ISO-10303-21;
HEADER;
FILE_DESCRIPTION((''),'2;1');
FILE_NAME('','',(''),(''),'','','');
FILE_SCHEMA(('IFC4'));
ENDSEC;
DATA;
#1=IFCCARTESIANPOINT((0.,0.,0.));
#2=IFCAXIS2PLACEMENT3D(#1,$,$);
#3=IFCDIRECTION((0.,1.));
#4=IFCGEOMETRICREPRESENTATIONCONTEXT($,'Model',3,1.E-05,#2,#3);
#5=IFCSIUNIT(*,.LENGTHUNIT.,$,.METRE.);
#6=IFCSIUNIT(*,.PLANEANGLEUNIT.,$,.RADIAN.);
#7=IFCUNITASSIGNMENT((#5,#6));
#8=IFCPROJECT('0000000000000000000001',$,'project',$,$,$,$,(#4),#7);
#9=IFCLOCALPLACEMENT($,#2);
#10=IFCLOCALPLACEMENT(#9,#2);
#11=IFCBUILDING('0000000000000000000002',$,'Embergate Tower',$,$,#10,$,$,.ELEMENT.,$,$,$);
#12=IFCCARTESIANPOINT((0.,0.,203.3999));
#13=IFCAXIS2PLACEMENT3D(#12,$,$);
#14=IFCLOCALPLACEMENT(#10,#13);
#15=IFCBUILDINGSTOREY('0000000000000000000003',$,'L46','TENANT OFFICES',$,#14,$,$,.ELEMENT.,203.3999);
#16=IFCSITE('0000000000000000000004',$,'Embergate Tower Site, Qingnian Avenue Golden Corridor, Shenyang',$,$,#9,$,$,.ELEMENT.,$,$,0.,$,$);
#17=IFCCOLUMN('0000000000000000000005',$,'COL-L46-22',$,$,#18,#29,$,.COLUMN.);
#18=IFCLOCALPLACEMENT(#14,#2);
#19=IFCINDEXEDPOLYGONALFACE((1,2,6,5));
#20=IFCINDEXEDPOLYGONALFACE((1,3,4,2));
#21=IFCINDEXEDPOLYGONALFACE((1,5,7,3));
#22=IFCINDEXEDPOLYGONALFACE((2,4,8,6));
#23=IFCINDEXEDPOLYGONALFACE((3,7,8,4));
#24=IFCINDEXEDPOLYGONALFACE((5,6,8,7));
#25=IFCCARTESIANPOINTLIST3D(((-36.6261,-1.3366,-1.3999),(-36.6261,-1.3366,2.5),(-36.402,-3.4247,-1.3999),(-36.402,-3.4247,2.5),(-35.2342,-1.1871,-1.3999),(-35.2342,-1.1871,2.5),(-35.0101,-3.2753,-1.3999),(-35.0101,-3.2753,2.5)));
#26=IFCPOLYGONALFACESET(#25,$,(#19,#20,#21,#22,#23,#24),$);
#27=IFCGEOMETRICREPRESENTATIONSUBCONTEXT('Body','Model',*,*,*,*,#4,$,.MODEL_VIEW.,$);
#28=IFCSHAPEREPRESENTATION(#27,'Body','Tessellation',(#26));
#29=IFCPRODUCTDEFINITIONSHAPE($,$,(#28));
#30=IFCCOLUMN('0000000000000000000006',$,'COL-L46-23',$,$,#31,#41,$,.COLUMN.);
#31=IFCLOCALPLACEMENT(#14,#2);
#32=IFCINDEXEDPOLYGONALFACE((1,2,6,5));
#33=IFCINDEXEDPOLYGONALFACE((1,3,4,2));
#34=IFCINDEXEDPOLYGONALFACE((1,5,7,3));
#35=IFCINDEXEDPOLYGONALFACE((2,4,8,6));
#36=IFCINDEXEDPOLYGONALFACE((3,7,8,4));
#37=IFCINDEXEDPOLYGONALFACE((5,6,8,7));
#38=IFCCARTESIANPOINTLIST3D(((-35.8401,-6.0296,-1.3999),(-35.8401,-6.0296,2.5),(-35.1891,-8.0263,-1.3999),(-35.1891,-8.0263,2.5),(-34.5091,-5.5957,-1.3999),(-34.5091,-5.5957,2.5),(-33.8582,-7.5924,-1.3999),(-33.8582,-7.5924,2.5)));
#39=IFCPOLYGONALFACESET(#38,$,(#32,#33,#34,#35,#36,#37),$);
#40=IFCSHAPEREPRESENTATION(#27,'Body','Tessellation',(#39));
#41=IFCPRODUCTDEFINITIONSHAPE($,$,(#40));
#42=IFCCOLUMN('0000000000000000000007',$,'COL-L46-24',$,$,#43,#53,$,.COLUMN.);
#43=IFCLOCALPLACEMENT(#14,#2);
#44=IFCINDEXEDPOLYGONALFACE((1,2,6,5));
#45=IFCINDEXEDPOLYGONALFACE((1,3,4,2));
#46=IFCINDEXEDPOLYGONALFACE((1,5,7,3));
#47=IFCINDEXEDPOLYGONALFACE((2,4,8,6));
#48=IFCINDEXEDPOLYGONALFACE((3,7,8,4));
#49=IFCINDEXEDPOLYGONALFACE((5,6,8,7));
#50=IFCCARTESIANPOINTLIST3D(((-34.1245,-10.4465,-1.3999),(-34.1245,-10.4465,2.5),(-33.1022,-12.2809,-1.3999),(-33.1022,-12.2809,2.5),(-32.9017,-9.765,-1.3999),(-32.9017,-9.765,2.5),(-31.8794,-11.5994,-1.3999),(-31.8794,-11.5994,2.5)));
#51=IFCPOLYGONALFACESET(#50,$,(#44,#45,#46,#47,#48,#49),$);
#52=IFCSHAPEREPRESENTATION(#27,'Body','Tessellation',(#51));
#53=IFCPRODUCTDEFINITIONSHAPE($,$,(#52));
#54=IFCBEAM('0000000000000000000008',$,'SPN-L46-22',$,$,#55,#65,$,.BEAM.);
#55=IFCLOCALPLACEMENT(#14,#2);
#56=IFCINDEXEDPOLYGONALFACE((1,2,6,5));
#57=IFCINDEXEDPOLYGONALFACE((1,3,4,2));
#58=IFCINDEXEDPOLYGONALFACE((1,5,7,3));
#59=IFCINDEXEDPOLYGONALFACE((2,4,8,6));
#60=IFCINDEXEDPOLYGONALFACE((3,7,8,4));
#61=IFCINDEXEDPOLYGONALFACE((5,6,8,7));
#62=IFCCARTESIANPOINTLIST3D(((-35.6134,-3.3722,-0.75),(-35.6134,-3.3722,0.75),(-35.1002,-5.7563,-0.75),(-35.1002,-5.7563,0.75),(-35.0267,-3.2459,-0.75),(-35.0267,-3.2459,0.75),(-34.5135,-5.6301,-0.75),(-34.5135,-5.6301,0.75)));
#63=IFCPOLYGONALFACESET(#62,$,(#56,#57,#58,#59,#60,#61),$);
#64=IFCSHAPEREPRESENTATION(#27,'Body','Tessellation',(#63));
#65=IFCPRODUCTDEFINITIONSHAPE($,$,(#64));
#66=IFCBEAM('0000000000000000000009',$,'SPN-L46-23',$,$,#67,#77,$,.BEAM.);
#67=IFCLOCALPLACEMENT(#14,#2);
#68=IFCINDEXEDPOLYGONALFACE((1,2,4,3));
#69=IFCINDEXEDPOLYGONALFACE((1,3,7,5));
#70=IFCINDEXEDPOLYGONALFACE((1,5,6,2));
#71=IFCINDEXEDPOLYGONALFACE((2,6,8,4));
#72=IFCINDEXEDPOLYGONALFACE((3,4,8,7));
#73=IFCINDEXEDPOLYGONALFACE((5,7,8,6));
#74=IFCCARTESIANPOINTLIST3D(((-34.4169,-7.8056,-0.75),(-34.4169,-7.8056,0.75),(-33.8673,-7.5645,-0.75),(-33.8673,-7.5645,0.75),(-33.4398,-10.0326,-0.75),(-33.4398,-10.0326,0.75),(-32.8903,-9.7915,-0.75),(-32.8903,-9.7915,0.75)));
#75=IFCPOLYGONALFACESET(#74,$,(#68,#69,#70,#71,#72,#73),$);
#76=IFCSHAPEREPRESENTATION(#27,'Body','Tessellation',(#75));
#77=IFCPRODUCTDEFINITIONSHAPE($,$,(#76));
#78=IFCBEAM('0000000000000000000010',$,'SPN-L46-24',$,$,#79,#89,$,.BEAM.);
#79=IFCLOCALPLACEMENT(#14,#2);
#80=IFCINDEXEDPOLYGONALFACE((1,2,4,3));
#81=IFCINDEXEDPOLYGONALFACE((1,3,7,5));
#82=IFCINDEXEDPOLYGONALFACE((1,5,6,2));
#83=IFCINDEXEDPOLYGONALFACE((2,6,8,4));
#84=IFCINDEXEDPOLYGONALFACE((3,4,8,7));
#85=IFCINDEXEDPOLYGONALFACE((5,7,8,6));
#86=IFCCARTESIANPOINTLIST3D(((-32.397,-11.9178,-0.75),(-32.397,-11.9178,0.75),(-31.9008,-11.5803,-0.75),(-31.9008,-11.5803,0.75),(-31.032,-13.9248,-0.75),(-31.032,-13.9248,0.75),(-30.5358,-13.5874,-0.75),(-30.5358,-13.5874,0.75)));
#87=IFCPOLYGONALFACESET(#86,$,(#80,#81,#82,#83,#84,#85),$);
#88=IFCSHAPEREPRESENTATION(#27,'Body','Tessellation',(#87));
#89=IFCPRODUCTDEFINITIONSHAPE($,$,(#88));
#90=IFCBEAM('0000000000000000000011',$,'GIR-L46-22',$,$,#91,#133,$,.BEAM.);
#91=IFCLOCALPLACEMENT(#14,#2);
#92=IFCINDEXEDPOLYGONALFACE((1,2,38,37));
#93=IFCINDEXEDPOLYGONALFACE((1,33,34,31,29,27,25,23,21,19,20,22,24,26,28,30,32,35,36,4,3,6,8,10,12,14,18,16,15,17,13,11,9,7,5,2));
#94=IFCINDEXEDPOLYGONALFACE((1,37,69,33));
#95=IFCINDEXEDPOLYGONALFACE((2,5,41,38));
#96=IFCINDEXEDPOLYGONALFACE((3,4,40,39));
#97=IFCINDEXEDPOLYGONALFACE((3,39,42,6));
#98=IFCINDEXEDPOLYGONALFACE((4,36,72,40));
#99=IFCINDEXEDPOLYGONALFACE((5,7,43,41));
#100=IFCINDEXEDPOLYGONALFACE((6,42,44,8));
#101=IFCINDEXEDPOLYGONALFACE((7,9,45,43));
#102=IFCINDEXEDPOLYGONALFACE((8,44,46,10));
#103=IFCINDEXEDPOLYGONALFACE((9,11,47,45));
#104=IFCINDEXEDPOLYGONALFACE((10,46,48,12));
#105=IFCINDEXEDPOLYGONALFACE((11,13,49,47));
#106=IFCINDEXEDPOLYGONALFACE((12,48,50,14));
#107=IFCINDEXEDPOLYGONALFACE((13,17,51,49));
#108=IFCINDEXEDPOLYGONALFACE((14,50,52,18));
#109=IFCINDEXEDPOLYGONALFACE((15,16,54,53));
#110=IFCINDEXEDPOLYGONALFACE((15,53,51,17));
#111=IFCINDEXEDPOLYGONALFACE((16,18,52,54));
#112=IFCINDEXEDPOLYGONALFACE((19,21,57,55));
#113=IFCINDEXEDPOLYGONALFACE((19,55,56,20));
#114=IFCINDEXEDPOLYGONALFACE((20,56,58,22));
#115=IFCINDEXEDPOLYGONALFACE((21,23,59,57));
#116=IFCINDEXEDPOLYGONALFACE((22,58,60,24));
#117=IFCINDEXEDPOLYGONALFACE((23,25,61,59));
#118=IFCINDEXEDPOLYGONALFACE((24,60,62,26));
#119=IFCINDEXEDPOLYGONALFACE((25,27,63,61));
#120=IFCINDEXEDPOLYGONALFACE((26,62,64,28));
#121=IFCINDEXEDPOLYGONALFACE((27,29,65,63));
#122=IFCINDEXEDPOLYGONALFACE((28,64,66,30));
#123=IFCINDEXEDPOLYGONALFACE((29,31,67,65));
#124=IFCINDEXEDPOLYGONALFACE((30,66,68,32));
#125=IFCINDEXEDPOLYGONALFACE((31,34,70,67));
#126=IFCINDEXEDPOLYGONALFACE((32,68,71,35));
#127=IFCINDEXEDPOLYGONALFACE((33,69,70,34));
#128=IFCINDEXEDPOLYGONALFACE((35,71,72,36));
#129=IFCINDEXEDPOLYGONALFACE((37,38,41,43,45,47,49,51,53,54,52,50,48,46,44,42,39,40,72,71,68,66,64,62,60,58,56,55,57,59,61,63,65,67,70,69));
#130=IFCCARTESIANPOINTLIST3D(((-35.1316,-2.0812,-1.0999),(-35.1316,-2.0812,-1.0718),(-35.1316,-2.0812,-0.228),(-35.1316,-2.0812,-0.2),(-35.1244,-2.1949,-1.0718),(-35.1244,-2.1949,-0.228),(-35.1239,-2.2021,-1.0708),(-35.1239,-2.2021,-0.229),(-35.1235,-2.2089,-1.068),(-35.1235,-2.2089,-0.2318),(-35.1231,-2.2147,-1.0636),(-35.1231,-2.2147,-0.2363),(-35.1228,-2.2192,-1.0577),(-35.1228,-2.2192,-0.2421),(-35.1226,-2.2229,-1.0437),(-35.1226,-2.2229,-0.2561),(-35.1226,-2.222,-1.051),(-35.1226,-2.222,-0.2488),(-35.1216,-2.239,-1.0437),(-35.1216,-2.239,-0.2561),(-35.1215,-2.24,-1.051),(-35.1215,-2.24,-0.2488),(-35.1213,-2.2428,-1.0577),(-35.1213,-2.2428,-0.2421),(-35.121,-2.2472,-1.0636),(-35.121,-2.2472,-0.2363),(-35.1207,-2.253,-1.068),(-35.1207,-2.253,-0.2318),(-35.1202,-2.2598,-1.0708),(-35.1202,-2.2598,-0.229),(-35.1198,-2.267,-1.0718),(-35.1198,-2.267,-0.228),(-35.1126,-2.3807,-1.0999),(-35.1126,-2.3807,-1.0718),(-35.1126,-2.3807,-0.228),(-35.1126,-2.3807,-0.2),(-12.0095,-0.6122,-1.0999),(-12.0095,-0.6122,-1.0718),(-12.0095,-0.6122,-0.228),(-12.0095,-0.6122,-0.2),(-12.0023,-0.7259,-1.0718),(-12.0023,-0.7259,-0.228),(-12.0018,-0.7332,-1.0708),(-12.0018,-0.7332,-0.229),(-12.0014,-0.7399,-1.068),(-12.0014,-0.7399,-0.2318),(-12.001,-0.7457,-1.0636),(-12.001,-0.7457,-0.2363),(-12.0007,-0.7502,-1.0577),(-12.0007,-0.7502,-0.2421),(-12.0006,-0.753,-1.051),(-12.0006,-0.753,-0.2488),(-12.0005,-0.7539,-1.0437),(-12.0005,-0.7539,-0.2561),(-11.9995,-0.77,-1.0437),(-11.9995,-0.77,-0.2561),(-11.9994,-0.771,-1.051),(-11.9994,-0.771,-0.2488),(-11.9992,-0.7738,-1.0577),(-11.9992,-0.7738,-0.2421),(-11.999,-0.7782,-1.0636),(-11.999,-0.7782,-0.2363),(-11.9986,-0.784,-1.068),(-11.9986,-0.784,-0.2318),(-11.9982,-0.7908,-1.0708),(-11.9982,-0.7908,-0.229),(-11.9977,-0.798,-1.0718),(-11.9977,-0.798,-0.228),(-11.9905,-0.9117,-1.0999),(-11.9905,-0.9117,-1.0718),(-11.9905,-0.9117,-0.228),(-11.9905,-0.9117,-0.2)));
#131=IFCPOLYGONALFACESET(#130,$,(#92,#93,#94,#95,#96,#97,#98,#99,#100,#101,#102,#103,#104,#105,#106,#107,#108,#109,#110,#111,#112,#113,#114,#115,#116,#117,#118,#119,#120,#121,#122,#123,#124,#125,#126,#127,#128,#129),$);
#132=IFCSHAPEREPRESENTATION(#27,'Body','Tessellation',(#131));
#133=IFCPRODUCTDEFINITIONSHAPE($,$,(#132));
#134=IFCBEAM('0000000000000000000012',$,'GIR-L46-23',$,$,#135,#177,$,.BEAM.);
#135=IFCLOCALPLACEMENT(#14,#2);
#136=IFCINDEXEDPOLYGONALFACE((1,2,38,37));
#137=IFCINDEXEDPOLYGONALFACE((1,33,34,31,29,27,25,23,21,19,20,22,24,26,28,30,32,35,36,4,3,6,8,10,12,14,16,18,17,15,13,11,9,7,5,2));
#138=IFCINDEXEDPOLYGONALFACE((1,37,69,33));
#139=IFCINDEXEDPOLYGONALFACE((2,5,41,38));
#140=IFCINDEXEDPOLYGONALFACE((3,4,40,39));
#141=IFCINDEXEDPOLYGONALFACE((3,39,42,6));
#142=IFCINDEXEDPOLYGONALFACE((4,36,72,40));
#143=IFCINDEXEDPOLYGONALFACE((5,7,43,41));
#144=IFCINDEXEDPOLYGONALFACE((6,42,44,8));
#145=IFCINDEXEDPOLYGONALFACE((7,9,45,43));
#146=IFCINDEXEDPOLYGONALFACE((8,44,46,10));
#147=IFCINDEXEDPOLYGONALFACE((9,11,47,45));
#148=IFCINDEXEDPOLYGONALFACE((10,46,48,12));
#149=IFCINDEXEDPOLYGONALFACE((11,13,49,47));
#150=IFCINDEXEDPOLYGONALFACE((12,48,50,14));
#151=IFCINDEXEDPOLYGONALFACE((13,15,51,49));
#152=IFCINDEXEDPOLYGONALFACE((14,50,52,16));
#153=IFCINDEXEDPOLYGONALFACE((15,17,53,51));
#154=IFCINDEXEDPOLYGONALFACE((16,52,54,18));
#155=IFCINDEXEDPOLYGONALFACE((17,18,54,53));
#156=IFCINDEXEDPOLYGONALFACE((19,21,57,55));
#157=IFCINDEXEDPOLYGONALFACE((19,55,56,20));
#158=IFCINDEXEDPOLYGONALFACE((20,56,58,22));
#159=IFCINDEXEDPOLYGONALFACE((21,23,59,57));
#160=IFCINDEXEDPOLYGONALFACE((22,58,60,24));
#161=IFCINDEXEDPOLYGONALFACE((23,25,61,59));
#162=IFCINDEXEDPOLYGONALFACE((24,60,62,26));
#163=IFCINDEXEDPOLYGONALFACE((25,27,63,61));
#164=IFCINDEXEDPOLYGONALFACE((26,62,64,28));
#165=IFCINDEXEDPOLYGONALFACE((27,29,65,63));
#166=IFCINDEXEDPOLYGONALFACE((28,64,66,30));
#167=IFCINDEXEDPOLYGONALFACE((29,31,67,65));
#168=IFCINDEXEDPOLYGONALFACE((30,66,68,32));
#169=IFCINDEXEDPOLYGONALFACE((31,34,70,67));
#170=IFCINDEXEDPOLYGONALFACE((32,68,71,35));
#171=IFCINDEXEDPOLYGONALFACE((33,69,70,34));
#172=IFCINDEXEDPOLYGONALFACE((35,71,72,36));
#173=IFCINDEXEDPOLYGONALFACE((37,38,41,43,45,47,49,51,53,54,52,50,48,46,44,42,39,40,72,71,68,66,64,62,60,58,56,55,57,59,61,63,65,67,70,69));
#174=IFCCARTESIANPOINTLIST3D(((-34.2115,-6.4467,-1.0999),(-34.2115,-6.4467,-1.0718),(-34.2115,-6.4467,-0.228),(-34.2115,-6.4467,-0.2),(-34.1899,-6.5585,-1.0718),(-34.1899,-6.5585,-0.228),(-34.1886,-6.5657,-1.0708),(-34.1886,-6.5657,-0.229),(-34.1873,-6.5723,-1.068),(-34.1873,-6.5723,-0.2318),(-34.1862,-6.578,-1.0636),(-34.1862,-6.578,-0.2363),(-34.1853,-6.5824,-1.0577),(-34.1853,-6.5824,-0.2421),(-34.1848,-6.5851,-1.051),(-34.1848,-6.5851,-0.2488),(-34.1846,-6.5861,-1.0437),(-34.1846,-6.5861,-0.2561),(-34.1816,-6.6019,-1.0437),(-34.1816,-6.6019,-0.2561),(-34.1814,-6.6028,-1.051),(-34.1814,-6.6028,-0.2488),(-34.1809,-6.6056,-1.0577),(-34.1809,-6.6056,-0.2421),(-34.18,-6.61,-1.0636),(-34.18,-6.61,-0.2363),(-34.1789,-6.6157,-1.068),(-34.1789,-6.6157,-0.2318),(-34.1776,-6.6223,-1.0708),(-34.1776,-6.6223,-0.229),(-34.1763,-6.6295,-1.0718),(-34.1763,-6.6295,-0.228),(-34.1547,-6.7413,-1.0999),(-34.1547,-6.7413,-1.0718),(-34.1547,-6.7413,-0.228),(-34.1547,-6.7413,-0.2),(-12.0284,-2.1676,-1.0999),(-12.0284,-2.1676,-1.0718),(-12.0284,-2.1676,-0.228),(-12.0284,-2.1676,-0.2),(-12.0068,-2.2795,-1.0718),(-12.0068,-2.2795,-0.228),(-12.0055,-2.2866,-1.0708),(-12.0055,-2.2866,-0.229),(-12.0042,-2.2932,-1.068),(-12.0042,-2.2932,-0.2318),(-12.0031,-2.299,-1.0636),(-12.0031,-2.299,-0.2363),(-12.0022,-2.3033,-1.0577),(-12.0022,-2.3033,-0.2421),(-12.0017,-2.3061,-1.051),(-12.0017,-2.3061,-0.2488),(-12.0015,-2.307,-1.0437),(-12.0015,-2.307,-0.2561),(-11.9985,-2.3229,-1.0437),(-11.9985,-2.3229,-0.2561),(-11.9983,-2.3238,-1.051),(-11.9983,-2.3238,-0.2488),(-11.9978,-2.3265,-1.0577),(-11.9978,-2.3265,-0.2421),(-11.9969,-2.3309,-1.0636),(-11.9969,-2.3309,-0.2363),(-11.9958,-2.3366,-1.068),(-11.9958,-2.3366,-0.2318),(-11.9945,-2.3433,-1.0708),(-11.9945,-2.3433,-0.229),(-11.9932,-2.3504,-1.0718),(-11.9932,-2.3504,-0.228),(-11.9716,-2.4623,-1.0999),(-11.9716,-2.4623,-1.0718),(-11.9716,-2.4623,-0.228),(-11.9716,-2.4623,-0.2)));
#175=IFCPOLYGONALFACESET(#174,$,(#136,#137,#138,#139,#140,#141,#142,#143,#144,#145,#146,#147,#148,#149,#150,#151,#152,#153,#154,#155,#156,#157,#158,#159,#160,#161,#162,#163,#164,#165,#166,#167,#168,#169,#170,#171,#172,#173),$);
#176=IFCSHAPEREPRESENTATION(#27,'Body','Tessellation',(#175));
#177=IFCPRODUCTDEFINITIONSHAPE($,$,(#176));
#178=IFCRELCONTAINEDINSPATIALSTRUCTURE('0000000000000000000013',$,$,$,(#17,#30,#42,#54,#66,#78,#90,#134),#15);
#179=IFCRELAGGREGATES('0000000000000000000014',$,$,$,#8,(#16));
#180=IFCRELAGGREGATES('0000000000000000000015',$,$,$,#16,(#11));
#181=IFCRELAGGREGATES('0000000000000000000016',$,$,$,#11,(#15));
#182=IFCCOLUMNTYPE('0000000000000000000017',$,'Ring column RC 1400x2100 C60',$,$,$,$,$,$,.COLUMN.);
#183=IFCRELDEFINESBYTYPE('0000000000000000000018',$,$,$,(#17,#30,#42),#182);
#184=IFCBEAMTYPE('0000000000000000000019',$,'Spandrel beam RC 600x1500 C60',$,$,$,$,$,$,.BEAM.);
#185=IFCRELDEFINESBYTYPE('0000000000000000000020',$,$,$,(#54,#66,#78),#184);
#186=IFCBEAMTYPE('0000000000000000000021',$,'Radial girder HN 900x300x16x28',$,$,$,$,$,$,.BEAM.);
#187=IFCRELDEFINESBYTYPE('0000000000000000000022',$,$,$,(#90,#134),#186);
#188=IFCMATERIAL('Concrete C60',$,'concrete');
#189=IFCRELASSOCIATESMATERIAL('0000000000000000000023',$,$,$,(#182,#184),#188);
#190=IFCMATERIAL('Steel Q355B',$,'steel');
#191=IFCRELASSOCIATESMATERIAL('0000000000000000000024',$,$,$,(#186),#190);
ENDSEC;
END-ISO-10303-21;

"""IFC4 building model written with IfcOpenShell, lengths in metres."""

from ifc_helpers import new_model, si_unit, direction, frame, origin, origin_2d, place, context, subcontext, project, spatial, rectangle, i_section, extrude, source, transform, mapped, material, material_profile, profile_set, type_object, element, save


model = new_model("IFC4")

# Units and contexts
model_context = context("Model", 3, precision=1e-05, world=origin(), true_north=direction((0.0, 1.0)))
body_context = subcontext(model_context, "Body", "Model", "MODEL_VIEW")
ifc_project = project(units=[si_unit("LENGTHUNIT", "METRE"), si_unit("PLANEANGLEUNIT", "RADIAN")], contexts=[model_context])

# Site, building, storey
site_placement = place(None, origin())
site = spatial("IfcSite", under=ifc_project, at=site_placement, Name="Embergate Tower Site, Qingnian Avenue Golden Corridor, Shenyang", CompositionType="ELEMENT", RefElevation=0.0)
building_placement = place(site_placement, origin())
building = spatial("IfcBuilding", under=site, at=building_placement, Name="Embergate Tower", CompositionType="ELEMENT")
storey_placement = place(building_placement, frame((0.0, 0.0, 203.3999)))
storey = spatial("IfcBuildingStorey", under=building, at=storey_placement, Name="L46", Description="TENANT OFFICES", CompositionType="ELEMENT", Elevation=203.3999)

# Columns
ifc_material_1 = material(Name="Concrete C60", Category="concrete")
ifc_material_profile_1 = material_profile(ifc_material_1, rectangle(XDim=1.3999, YDim=2.1001, at=origin_2d()), Name="RC 1400x2100")
ifc_profile_set_1 = profile_set([ifc_material_profile_1], Name="Concrete C60")
column_type = type_object("IfcColumnType", Name="Ring column RC 1400x2100 C60", PredefinedType="COLUMN", material=ifc_profile_set_1)
shared_shape_1 = source(origin(), body_context, "Body", "SweptSolid", [
    extrude(rectangle(XDim=1.3999, YDim=2.1001, at=origin_2d()), origin(), (0.0, 0.0, 1.0), 3.8999),
])
for number, where, z_axis, x_axis, name in (
    (1, (-35.8181, -2.3059, -1.3999), (0.0, 0.0, 1.0), (-0.994288, -0.106733, 0.0), "COL-L46-22"),
    (2, (-34.8491, -6.811, -1.3999), (0.0, 0.0, 1.0), (-0.950754, -0.309946, 0.0), "COL-L46-23"),
    (3, (-33.002, -11.0229, -1.3999), (0.0, 0.0, 1.0), (-0.8735, -0.486823, 0.0), "COL-L46-24"),
):
    element("IfcColumn", number, at=place(storey_placement, frame(where, z_axis=z_axis, x_axis=x_axis)), inside=storey, type_object=column_type, Name=name, PredefinedType="COLUMN", context=body_context, shape_type="MappedRepresentation", body=[
        mapped(shared_shape_1, transform((0.0, 0.0, 0.0))),
    ])

# Beams
ifc_material_profile_2 = material_profile(ifc_material_1, rectangle(XDim=0.6001, YDim=1.5, at=origin_2d()), Name="RC 600x1500")
ifc_profile_set_2 = profile_set([ifc_material_profile_2], Name="Concrete C60")
beam_type_1 = type_object("IfcBeamType", Name="Spandrel beam RC 600x1500 C60", PredefinedType="BEAM", material=ifc_profile_set_2)
shared_shape_2 = source(origin(), body_context, "Body", "SweptSolid", [
    extrude(rectangle(XDim=0.6001, YDim=1.5, at=origin_2d()), origin(), (0.0, 0.0, 1.0), 2.4387),
])
beam_1_placement = place(storey_placement, frame((-35.3201, -3.3091, 0.0), z_axis=(0.210438, -0.977607, 0.0), x_axis=(0.977607, 0.210438, 0.0)))
element("IfcBeam", 4, at=beam_1_placement, inside=storey, type_object=beam_type_1, Name="SPN-L46-22", PredefinedType="BEAM", context=body_context, shape_type="MappedRepresentation", body=[
    mapped(shared_shape_2, transform((0.0, 0.0, 0.0))),
])
shared_shape_3 = source(origin(), body_context, "Body", "SweptSolid", [
    extrude(rectangle(XDim=0.6001, YDim=1.5, at=origin_2d()), origin(), (0.0, 0.0, 1.0), 2.4319),
])
beam_2_placement = place(storey_placement, frame((-34.1421, -7.6851, 0.0), z_axis=(0.401756, -0.915747, 0.0), x_axis=(0.915747, 0.401756, 0.0)))
element("IfcBeam", 5, at=beam_2_placement, inside=storey, type_object=beam_type_1, Name="SPN-L46-23", PredefinedType="BEAM", context=body_context, shape_type="MappedRepresentation", body=[
    mapped(shared_shape_3, transform((0.0, 0.0, 0.0))),
])
shared_shape_4 = source(origin(), body_context, "Body", "SweptSolid", [
    extrude(rectangle(XDim=0.6001, YDim=1.5, at=origin_2d()), origin(), (0.0, 0.0, 1.0), 2.4272),
])
beam_3_placement = place(storey_placement, frame((-32.1489, -11.749, 0.0), z_axis=(0.56236, -0.826893, 0.0), x_axis=(0.826893, 0.56236, 0.0)))
element("IfcBeam", 6, at=beam_3_placement, inside=storey, type_object=beam_type_1, Name="SPN-L46-24", PredefinedType="BEAM", context=body_context, shape_type="MappedRepresentation", body=[
    mapped(shared_shape_4, transform((0.0, 0.0, 0.0))),
])
ifc_material_2 = material(Name="Steel Q355B", Category="steel")
ifc_material_profile_3 = material_profile(ifc_material_2, i_section(OverallWidth=0.3, OverallDepth=0.8999, WebThickness=0.0161, FlangeThickness=0.0281, FilletRadius=0.0281, at=origin_2d()), Name="HN 900x300x16x28")
ifc_profile_set_3 = profile_set([ifc_material_profile_3], Name="Steel Q355 grade B")
beam_type_2 = type_object("IfcBeamType", Name="Radial girder HN 900x300x16x28", PredefinedType="BEAM", material=ifc_profile_set_3)
shared_shape_5 = source(origin(), body_context, "Body", "SweptSolid", [
    extrude(i_section(OverallWidth=0.3, OverallDepth=0.8999, WebThickness=0.0161, FlangeThickness=0.0281, FilletRadius=0.0281, at=origin_2d()), origin(), (0.0, 0.0, 1.0), 23.1687),
])
beam_4_placement = place(storey_placement, frame((-35.1221, -2.231, -0.6499), z_axis=(0.997988, 0.063404, 0.0), x_axis=(-0.063404, 0.997988, 0.0)))
element("IfcBeam", 7, at=beam_4_placement, inside=storey, type_object=beam_type_2, Name="GIR-L46-22", PredefinedType="BEAM", context=body_context, shape_type="MappedRepresentation", body=[
    mapped(shared_shape_5, transform((0.0, 0.0, 0.0))),
])
shared_shape_6 = source(origin(), body_context, "Body", "SweptSolid", [
    extrude(i_section(OverallWidth=0.3, OverallDepth=0.8999, WebThickness=0.0161, FlangeThickness=0.0281, FilletRadius=0.0281, at=origin_2d()), origin(), (0.0, 0.0, 1.0), 22.592),
])
beam_5_placement = place(storey_placement, frame((-34.1831, -6.594, -0.6499), z_axis=(0.981899, 0.189405, 0.0), x_axis=(-0.189405, 0.981899, 0.0)))
element("IfcBeam", 8, at=beam_5_placement, inside=storey, type_object=beam_type_2, Name="GIR-L46-23", PredefinedType="BEAM", context=body_context, shape_type="MappedRepresentation", body=[
    mapped(shared_shape_6, transform((0.0, 0.0, 0.0))),
])

save(model, "model.ifc")
